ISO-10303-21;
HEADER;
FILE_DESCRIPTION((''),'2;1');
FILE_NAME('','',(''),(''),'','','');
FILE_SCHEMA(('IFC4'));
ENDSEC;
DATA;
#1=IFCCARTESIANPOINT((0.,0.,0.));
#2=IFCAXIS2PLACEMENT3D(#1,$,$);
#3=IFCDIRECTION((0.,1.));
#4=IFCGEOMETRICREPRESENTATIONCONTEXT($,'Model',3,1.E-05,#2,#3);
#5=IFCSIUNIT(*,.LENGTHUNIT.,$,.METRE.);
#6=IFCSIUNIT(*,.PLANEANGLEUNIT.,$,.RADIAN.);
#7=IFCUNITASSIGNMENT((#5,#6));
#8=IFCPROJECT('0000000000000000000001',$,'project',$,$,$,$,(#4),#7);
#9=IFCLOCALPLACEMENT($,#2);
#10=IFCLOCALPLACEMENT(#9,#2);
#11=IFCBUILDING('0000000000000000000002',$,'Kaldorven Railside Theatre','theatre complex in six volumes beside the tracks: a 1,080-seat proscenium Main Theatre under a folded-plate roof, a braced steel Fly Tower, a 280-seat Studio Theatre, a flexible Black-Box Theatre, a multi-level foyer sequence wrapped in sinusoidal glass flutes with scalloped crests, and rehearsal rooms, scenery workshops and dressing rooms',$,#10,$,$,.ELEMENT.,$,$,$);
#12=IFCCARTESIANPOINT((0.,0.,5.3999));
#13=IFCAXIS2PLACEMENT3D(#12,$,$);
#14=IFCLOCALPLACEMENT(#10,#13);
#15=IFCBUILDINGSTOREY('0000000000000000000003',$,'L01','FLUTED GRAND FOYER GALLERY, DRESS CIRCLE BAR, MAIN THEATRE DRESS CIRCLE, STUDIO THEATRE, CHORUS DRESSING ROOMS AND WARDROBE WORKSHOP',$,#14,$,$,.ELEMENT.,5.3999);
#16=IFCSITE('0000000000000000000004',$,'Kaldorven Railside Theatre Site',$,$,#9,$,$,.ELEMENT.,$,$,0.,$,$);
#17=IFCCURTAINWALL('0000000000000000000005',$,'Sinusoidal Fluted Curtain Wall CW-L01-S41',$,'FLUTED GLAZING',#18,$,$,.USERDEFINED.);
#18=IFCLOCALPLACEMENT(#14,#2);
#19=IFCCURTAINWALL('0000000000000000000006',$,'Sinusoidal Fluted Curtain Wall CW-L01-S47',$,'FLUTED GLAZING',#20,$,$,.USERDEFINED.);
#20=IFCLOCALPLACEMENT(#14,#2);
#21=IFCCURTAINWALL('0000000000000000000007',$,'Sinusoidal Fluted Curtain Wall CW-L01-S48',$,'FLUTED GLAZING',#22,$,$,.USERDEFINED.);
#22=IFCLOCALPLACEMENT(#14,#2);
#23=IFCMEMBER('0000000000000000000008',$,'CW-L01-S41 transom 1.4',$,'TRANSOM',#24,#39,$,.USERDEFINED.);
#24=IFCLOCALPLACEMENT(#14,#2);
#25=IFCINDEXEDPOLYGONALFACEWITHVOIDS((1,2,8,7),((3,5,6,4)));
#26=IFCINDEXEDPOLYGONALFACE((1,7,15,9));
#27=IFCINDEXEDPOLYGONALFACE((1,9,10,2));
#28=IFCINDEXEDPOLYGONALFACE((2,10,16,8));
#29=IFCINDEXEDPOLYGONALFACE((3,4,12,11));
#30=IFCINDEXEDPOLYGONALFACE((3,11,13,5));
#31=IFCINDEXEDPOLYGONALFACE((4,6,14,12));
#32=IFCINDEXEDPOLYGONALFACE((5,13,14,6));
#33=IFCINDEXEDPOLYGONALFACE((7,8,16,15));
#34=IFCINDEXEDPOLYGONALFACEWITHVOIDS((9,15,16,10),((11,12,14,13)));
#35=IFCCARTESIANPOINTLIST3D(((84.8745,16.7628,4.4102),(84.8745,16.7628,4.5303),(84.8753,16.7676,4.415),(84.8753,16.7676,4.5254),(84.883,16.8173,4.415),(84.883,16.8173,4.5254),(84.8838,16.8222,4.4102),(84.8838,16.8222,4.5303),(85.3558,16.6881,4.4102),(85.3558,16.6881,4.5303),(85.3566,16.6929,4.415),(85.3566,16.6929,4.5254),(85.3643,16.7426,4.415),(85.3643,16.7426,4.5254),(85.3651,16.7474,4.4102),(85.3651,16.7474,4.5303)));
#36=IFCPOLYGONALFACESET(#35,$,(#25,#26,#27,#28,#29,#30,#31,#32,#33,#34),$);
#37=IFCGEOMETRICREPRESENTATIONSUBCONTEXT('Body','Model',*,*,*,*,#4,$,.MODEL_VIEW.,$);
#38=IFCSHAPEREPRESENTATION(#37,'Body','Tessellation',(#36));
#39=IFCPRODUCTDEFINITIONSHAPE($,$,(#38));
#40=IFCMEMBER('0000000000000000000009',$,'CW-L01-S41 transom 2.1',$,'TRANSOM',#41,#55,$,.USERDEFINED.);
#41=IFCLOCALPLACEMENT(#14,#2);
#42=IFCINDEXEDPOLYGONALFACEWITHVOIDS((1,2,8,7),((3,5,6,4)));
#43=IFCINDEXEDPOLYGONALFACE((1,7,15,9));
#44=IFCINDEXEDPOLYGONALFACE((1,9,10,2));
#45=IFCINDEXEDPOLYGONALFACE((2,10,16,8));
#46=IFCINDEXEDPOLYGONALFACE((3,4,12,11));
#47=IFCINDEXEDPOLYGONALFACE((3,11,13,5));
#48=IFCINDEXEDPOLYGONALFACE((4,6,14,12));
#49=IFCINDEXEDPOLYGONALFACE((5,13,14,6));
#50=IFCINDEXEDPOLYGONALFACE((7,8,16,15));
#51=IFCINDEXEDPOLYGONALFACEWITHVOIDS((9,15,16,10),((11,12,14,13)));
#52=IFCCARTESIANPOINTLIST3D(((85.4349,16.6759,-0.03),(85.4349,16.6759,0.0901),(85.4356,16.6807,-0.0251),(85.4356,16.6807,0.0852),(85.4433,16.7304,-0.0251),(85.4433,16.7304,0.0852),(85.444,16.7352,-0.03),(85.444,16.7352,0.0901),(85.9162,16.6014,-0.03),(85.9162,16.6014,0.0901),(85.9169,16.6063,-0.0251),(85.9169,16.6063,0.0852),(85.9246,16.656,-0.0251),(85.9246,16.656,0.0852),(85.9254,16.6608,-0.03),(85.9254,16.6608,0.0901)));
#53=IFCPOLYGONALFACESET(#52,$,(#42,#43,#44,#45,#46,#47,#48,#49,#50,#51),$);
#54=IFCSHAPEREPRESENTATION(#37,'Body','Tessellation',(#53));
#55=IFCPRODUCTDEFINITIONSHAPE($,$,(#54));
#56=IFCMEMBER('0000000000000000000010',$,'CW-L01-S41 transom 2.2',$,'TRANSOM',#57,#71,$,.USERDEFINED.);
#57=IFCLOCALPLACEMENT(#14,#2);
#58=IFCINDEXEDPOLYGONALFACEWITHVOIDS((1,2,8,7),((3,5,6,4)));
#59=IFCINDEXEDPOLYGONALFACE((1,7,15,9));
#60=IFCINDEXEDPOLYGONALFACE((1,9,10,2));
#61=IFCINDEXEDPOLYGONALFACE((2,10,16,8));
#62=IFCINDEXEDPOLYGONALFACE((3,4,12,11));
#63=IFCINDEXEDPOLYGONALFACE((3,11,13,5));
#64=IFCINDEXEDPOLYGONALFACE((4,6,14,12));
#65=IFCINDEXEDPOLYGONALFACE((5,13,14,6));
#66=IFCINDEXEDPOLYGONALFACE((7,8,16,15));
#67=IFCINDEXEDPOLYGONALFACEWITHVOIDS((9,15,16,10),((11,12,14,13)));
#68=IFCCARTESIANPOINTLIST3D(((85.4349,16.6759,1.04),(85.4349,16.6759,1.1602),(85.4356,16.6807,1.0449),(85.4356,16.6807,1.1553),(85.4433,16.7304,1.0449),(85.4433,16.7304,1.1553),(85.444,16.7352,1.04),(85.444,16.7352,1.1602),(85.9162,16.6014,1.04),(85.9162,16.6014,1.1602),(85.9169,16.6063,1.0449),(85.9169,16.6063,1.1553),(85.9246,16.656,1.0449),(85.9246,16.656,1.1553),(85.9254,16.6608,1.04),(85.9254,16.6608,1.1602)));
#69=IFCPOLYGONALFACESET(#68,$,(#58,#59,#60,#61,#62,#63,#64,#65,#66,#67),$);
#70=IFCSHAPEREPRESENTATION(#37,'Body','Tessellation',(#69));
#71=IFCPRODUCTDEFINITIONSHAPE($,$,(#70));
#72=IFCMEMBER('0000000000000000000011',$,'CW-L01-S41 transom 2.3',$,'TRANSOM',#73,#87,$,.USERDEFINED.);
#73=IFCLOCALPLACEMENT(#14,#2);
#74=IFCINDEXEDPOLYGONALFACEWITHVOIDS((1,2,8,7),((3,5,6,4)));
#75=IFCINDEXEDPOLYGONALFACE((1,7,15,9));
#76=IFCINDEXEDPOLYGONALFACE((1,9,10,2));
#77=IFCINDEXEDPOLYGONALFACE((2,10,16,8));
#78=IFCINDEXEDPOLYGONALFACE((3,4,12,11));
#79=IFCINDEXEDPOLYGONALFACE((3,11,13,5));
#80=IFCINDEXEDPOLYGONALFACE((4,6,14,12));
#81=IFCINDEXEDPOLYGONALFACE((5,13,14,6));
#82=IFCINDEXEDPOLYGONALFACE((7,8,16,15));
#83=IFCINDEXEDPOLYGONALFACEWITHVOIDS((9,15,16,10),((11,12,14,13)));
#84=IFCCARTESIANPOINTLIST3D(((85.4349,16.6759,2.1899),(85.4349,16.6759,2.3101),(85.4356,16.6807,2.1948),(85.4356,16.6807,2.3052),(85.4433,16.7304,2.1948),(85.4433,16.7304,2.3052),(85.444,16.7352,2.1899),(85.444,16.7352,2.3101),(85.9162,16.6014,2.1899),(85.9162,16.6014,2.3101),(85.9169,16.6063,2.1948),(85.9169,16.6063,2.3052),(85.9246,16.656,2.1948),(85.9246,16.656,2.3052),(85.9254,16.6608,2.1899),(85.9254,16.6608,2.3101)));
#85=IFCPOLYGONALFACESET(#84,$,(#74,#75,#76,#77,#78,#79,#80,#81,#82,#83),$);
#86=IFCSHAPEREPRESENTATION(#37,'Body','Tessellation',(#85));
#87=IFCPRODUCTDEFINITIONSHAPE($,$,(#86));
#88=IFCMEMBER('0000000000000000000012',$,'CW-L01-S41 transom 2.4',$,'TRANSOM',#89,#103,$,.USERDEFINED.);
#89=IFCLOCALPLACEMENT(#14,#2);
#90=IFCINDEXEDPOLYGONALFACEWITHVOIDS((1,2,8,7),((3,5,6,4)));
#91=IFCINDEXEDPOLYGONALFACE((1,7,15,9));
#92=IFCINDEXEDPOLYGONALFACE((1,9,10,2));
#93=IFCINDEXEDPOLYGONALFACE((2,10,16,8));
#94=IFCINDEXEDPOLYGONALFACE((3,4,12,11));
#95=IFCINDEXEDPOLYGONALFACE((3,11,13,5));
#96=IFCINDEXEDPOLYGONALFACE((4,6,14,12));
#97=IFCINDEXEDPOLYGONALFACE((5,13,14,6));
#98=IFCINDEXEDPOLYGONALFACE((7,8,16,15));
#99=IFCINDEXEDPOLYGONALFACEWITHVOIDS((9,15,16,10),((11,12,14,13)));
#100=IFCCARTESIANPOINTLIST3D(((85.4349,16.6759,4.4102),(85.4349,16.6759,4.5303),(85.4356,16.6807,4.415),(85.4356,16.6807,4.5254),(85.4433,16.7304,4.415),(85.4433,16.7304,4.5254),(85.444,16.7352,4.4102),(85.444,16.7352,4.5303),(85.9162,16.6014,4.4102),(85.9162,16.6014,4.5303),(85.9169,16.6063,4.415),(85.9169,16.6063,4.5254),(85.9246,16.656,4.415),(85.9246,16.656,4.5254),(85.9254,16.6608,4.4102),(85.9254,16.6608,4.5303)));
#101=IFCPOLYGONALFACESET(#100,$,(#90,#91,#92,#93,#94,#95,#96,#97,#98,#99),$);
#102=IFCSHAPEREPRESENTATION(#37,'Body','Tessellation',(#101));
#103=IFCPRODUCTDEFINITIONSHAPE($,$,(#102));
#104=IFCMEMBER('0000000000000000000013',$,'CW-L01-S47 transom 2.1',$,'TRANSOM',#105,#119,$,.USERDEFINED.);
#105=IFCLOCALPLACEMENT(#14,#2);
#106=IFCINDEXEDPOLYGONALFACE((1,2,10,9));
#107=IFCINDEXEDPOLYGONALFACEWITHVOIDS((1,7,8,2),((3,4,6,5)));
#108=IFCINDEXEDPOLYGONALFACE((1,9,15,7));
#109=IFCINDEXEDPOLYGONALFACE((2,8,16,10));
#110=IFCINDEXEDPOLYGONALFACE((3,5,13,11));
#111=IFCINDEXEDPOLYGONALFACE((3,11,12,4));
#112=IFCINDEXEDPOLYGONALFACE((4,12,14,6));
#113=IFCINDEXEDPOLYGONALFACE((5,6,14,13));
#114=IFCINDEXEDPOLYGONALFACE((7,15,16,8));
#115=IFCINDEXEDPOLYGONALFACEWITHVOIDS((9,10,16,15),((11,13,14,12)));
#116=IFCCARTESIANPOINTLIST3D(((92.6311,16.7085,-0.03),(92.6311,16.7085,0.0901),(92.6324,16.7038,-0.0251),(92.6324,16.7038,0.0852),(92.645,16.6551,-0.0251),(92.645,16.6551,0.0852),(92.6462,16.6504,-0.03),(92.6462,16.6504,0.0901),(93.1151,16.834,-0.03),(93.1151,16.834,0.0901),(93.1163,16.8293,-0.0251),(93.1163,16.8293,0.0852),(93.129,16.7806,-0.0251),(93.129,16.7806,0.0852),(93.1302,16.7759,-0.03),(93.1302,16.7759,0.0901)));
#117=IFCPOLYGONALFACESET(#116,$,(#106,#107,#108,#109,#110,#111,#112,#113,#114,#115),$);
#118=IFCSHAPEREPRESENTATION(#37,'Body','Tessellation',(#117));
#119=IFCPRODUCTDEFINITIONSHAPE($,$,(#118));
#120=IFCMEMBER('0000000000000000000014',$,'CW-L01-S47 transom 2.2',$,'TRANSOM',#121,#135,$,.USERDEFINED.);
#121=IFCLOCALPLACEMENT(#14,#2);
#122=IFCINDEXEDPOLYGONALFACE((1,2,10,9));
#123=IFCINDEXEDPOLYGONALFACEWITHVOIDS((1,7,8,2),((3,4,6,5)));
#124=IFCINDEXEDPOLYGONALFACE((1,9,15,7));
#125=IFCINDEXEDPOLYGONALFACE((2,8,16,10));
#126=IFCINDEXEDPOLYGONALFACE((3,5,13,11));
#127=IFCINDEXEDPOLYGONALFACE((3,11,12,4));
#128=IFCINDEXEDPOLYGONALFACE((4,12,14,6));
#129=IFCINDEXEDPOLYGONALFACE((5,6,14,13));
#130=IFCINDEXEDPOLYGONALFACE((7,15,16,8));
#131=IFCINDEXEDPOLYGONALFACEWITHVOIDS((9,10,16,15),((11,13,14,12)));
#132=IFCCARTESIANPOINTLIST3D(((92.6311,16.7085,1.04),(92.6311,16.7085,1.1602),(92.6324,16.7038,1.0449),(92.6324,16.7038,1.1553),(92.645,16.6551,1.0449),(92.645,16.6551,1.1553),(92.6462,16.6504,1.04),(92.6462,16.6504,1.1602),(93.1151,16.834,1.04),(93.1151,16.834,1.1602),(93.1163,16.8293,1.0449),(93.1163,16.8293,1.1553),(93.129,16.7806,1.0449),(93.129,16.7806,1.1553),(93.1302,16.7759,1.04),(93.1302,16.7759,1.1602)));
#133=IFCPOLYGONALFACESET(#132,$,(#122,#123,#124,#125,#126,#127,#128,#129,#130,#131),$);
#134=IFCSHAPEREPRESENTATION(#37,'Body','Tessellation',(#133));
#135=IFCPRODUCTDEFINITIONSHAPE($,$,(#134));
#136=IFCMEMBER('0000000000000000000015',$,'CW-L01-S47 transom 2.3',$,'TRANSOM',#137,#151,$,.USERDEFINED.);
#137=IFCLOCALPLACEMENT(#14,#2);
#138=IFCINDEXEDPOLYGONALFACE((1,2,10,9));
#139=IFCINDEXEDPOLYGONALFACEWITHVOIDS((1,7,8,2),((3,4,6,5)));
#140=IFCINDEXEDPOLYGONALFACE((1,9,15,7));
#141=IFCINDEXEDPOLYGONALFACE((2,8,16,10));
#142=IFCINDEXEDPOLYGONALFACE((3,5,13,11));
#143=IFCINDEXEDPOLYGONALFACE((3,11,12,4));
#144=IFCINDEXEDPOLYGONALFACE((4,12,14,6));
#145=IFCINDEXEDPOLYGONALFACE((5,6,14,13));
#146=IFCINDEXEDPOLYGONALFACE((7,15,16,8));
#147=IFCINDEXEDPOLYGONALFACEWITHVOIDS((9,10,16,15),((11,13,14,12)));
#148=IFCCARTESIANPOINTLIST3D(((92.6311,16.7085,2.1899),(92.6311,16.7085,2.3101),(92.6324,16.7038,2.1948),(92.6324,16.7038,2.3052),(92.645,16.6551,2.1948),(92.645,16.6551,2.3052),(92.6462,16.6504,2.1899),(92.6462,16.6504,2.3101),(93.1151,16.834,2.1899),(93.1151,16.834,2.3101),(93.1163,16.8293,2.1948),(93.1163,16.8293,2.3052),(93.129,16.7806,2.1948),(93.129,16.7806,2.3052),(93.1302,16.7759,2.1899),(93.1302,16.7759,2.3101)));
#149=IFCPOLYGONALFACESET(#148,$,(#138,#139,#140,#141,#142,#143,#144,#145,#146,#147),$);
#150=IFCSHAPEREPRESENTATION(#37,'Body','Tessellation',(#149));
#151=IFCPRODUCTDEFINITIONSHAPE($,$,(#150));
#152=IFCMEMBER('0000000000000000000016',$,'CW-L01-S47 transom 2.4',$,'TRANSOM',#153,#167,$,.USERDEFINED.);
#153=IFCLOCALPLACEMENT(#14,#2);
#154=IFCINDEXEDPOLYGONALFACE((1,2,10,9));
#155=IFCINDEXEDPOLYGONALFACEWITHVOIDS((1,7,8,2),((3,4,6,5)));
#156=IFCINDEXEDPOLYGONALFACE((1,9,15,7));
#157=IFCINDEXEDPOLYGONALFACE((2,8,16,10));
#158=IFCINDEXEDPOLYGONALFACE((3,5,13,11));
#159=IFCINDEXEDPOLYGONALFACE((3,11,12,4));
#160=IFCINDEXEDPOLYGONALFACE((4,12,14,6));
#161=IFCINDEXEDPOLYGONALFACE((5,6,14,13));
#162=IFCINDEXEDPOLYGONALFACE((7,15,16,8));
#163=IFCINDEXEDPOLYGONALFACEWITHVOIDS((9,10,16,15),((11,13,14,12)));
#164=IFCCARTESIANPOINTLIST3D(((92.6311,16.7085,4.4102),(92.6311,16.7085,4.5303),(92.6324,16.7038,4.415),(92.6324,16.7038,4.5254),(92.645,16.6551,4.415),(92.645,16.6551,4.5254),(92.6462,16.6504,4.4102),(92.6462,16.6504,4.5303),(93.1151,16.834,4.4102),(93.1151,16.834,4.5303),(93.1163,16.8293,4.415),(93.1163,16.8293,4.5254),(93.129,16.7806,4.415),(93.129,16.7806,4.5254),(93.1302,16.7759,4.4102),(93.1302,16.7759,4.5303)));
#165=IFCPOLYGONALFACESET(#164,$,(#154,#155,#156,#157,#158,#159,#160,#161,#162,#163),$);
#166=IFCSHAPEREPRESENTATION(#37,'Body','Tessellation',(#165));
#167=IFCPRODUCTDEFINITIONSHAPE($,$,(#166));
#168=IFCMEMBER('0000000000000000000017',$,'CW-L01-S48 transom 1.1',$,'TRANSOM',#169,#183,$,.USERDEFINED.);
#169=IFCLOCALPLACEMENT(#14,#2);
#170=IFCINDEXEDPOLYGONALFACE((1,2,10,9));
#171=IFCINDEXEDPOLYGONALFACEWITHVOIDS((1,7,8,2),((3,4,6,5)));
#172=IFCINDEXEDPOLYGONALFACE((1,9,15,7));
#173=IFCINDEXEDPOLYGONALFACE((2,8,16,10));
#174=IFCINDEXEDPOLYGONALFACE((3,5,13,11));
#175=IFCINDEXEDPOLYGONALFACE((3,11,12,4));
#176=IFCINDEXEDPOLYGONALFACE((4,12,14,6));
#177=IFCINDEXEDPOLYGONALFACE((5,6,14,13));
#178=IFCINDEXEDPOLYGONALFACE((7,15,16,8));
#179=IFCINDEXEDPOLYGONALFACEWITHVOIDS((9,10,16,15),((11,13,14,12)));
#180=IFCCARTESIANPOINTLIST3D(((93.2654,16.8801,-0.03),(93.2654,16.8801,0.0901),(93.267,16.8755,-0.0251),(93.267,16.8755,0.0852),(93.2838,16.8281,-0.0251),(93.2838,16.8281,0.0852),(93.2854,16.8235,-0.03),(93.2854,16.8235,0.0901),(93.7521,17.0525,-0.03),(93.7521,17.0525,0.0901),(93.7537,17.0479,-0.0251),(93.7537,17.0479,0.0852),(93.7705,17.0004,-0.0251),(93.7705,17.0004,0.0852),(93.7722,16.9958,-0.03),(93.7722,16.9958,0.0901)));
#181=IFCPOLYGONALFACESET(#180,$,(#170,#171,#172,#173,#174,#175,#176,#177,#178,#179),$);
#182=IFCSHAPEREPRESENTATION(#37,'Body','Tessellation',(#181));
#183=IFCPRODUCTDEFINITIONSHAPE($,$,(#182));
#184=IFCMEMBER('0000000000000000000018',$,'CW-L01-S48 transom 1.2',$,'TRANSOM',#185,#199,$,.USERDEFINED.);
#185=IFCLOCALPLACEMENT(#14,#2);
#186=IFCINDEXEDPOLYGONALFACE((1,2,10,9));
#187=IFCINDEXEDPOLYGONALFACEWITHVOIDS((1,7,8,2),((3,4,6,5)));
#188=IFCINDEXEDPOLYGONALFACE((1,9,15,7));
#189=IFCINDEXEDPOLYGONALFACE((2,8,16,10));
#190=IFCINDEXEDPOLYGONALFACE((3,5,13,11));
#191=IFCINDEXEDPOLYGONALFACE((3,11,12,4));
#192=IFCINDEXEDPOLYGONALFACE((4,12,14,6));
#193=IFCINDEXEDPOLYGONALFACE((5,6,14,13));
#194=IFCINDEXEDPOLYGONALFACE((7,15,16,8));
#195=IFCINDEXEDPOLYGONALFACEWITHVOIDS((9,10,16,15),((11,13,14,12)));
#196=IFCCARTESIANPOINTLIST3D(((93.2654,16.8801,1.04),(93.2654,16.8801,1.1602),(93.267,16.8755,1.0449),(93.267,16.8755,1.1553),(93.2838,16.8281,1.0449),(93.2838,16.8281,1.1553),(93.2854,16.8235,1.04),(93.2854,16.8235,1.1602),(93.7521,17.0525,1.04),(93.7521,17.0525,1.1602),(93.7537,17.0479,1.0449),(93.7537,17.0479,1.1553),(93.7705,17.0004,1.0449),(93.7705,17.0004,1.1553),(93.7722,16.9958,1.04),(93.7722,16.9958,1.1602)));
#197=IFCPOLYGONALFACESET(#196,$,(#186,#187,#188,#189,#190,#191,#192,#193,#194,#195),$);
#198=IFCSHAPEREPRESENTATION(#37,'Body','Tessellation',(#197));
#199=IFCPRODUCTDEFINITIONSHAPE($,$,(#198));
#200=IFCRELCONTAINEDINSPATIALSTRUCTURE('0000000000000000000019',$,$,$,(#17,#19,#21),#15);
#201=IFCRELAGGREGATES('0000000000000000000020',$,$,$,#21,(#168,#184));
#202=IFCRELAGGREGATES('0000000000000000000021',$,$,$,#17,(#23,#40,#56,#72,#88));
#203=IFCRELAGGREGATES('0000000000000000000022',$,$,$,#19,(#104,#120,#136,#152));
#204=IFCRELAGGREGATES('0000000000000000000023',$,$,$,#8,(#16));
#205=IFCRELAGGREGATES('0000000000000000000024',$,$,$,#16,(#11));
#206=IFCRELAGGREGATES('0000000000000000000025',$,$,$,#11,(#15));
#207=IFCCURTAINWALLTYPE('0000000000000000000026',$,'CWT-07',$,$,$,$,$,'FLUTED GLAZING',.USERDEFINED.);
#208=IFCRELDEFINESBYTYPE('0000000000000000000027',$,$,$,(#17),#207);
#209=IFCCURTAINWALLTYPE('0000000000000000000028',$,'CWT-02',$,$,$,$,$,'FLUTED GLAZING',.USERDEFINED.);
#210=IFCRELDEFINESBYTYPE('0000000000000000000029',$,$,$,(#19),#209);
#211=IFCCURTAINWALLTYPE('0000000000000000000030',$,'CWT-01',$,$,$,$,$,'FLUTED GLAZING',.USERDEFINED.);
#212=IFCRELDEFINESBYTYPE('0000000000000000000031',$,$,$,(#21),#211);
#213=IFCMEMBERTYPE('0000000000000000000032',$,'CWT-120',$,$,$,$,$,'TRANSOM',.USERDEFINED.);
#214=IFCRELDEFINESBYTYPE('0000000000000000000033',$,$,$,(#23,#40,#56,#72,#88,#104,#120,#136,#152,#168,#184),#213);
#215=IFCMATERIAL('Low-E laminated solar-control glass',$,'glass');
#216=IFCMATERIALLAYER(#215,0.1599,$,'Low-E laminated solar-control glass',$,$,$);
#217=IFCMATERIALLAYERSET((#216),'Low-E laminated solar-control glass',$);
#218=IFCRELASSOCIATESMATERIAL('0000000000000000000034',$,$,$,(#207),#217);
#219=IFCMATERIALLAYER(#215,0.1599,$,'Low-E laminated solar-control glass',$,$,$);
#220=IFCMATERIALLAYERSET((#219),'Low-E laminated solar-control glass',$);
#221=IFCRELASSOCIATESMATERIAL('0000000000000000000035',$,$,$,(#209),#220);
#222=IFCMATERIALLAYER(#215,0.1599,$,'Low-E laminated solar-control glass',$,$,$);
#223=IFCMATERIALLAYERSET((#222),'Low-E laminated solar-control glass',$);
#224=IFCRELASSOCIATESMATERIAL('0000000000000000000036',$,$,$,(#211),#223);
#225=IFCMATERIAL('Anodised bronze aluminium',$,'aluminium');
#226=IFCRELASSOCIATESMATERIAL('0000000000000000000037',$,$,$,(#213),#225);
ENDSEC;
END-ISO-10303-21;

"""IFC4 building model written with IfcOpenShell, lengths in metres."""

from ifc_helpers import new_model, si_unit, direction, frame, origin, origin_2d, place, context, subcontext, project, spatial, hollow_rectangle, extrude, material, layer, layer_set, material_profile, profile_set, type_object, element, aggregate, save


model = new_model("IFC4")

# Units and contexts
model_context = context("Model", 3, precision=1e-05, world=origin(), true_north=direction((0.0, 1.0)))
body_context = subcontext(model_context, "Body", "Model", "MODEL_VIEW")
ifc_project = project(units=[si_unit("LENGTHUNIT", "METRE"), si_unit("PLANEANGLEUNIT", "RADIAN")], contexts=[model_context])

# Site, building, storey
site_placement = place(None, origin())
site = spatial("IfcSite", under=ifc_project, at=site_placement, Name="Kaldorven Railside Theatre Site", CompositionType="ELEMENT", RefElevation=0.0)
building_placement = place(site_placement, origin())
building = spatial("IfcBuilding", under=site, at=building_placement, Name="Kaldorven Railside Theatre", Description="theatre complex in six volumes beside the tracks: a 1,080-seat proscenium Main Theatre under a folded-plate roof, a braced steel Fly Tower, a 280-seat Studio Theatre, a flexible Black-Box Theatre, a multi-level foyer sequence wrapped in sinusoidal glass flutes with scalloped crests, and rehearsal rooms, scenery workshops and dressing rooms", CompositionType="ELEMENT")
storey_placement = place(building_placement, frame((0.0, 0.0, 5.3999)))
storey = spatial("IfcBuildingStorey", under=building, at=storey_placement, Name="L01", Description="FLUTED GRAND FOYER GALLERY, DRESS CIRCLE BAR, MAIN THEATRE DRESS CIRCLE, STUDIO THEATRE, CHORUS DRESSING ROOMS AND WARDROBE WORKSHOP", CompositionType="ELEMENT", Elevation=5.3999)

# Curtain walls
ifc_material_1 = material(Name="Low-E laminated solar-control glass", Category="glass")
ifc_layer_1 = layer(ifc_material_1, 0.1599, Name="Low-E laminated solar-control glass")
ifc_layer_set_1 = layer_set([ifc_layer_1], Name="Low-E laminated solar-control glass")
curtain_wall_type_1 = type_object("IfcCurtainWallType", Name="CWT-07", ElementType="FLUTED GLAZING", PredefinedType="USERDEFINED", material=ifc_layer_set_1)
curtain_wall_1_placement = place(storey_placement, origin())
curtain_wall_1 = element("IfcCurtainWall", 1, at=curtain_wall_1_placement, inside=storey, type_object=curtain_wall_type_1, Name="Sinusoidal Fluted Curtain Wall CW-L01-S41", ObjectType="FLUTED GLAZING", PredefinedType="USERDEFINED")
ifc_material_2 = material(Name="Anodised bronze aluminium", Category="aluminium")
ifc_layer_2 = layer(ifc_material_1, 0.1599, Name="Low-E laminated solar-control glass")
ifc_layer_set_2 = layer_set([ifc_layer_2], Name="Low-E laminated solar-control glass")
curtain_wall_type_2 = type_object("IfcCurtainWallType", Name="CWT-02", ElementType="FLUTED GLAZING", PredefinedType="USERDEFINED", material=ifc_layer_set_2)
curtain_wall_2_placement = place(storey_placement, origin())
curtain_wall_2 = element("IfcCurtainWall", 2, at=curtain_wall_2_placement, inside=storey, type_object=curtain_wall_type_2, Name="Sinusoidal Fluted Curtain Wall CW-L01-S47", ObjectType="FLUTED GLAZING", PredefinedType="USERDEFINED")

# Curtain wall
ifc_layer_3 = layer(ifc_material_1, 0.1599, Name="Low-E laminated solar-control glass")
ifc_layer_set_3 = layer_set([ifc_layer_3], Name="Low-E laminated solar-control glass")
curtain_wall_type_3 = type_object("IfcCurtainWallType", Name="CWT-01", ElementType="FLUTED GLAZING", PredefinedType="USERDEFINED", material=ifc_layer_set_3)
curtain_wall_3_placement = place(storey_placement, origin())
curtain_wall_3 = element("IfcCurtainWall", 3, at=curtain_wall_3_placement, inside=storey, type_object=curtain_wall_type_3, Name="Sinusoidal Fluted Curtain Wall CW-L01-S48", ObjectType="FLUTED GLAZING", PredefinedType="USERDEFINED")

# Members
ifc_material_profile_1 = material_profile(ifc_material_2, hollow_rectangle(XDim=0.0601, YDim=0.1201, WallThickness=0.0049, at=origin_2d()), Name="RHS 120x60x5")
ifc_profile_set_1 = profile_set([ifc_material_profile_1], Name="Anodised bronze aluminium")
member_type_1 = type_object("IfcMemberType", Name="CWT-120", ElementType="TRANSOM", PredefinedType="USERDEFINED", material=ifc_profile_set_1)
member_1_placement = place(storey_placement, frame((84.8792, 16.7925, 4.4702), z_axis=(0.988162, -0.153413, 0.0), x_axis=(0.153413, 0.988162, 0.0)))
member_1 = element("IfcMember", 4, at=member_1_placement, type_object=member_type_1, Name="CW-L01-S41 transom 1.4", ObjectType="TRANSOM", PredefinedType="USERDEFINED", context=body_context, shape_type="SweptSolid", body=[
    extrude(hollow_rectangle(XDim=0.0601, YDim=0.1201, WallThickness=0.0049, at=origin_2d()), origin(), (0.0, 0.0, 1.0), 0.4871),
])
member_2_placement = place(storey_placement, frame((85.4395, 16.7056, 0.03), z_axis=(0.98825, -0.152848, 0.0), x_axis=(0.152848, 0.98825, 0.0)))
member_2 = element("IfcMember", 5, at=member_2_placement, type_object=member_type_1, Name="CW-L01-S41 transom 2.1", ObjectType="TRANSOM", PredefinedType="USERDEFINED", context=body_context, shape_type="SweptSolid", body=[
    extrude(hollow_rectangle(XDim=0.0601, YDim=0.1201, WallThickness=0.0049, at=origin_2d()), origin(), (0.0, 0.0, 1.0), 0.4871),
])
member_3_placement = place(storey_placement, frame((85.4395, 16.7056, 1.1001), z_axis=(0.98825, -0.152848, 0.0), x_axis=(0.152848, 0.98825, 0.0)))
member_3 = element("IfcMember", 6, at=member_3_placement, type_object=member_type_1, Name="CW-L01-S41 transom 2.2", ObjectType="TRANSOM", PredefinedType="USERDEFINED", context=body_context, shape_type="SweptSolid", body=[
    extrude(hollow_rectangle(XDim=0.0601, YDim=0.1201, WallThickness=0.0049, at=origin_2d()), origin(), (0.0, 0.0, 1.0), 0.4871),
])
member_4_placement = place(storey_placement, frame((85.4395, 16.7056, 2.25), z_axis=(0.98825, -0.152848, 0.0), x_axis=(0.152848, 0.98825, 0.0)))
member_4 = element("IfcMember", 7, at=member_4_placement, type_object=member_type_1, Name="CW-L01-S41 transom 2.3", ObjectType="TRANSOM", PredefinedType="USERDEFINED", context=body_context, shape_type="SweptSolid", body=[
    extrude(hollow_rectangle(XDim=0.0601, YDim=0.1201, WallThickness=0.0049, at=origin_2d()), origin(), (0.0, 0.0, 1.0), 0.4871),
])
member_5_placement = place(storey_placement, frame((85.4395, 16.7056, 4.4702), z_axis=(0.98825, -0.152848, 0.0), x_axis=(0.152848, 0.98825, 0.0)))
member_5 = element("IfcMember", 8, at=member_5_placement, type_object=member_type_1, Name="CW-L01-S41 transom 2.4", ObjectType="TRANSOM", PredefinedType="USERDEFINED", context=body_context, shape_type="SweptSolid", body=[
    extrude(hollow_rectangle(XDim=0.0601, YDim=0.1201, WallThickness=0.0049, at=origin_2d()), origin(), (0.0, 0.0, 1.0), 0.4871),
])
member_6_placement = place(storey_placement, frame((92.6387, 16.6794, 0.03), z_axis=(0.967979, 0.25103, 0.0), x_axis=(-0.25103, 0.967979, 0.0)))
member_6 = element("IfcMember", 9, at=member_6_placement, type_object=member_type_1, Name="CW-L01-S47 transom 2.1", ObjectType="TRANSOM", PredefinedType="USERDEFINED", context=body_context, shape_type="SweptSolid", body=[
    extrude(hollow_rectangle(XDim=0.0601, YDim=0.1201, WallThickness=0.0049, at=origin_2d()), origin(), (0.0, 0.0, 1.0), 0.5),
])
member_7_placement = place(storey_placement, frame((92.6387, 16.6794, 1.1001), z_axis=(0.967979, 0.25103, 0.0), x_axis=(-0.25103, 0.967979, 0.0)))
member_7 = element("IfcMember", 10, at=member_7_placement, type_object=member_type_1, Name="CW-L01-S47 transom 2.2", ObjectType="TRANSOM", PredefinedType="USERDEFINED", context=body_context, shape_type="SweptSolid", body=[
    extrude(hollow_rectangle(XDim=0.0601, YDim=0.1201, WallThickness=0.0049, at=origin_2d()), origin(), (0.0, 0.0, 1.0), 0.5),
])
member_8_placement = place(storey_placement, frame((92.6387, 16.6794, 2.25), z_axis=(0.967979, 0.25103, 0.0), x_axis=(-0.25103, 0.967979, 0.0)))
member_8 = element("IfcMember", 11, at=member_8_placement, type_object=member_type_1, Name="CW-L01-S47 transom 2.3", ObjectType="TRANSOM", PredefinedType="USERDEFINED", context=body_context, shape_type="SweptSolid", body=[
    extrude(hollow_rectangle(XDim=0.0601, YDim=0.1201, WallThickness=0.0049, at=origin_2d()), origin(), (0.0, 0.0, 1.0), 0.5),
])
member_9_placement = place(storey_placement, frame((92.6387, 16.6794, 4.4702), z_axis=(0.967979, 0.25103, 0.0), x_axis=(-0.25103, 0.967979, 0.0)))
member_9 = element("IfcMember", 12, at=member_9_placement, type_object=member_type_1, Name="CW-L01-S47 transom 2.4", ObjectType="TRANSOM", PredefinedType="USERDEFINED", context=body_context, shape_type="SweptSolid", body=[
    extrude(hollow_rectangle(XDim=0.0601, YDim=0.1201, WallThickness=0.0049, at=origin_2d()), origin(), (0.0, 0.0, 1.0), 0.5),
])
member_10_placement = place(storey_placement, frame((93.2754, 16.8518, 0.03), z_axis=(0.942658, 0.33376, 0.0), x_axis=(-0.33376, 0.942658, 0.0)))
member_10 = element("IfcMember", 13, at=member_10_placement, type_object=member_type_1, Name="CW-L01-S48 transom 1.1", ObjectType="TRANSOM", PredefinedType="USERDEFINED", context=body_context, shape_type="SweptSolid", body=[
    extrude(hollow_rectangle(XDim=0.0601, YDim=0.1201, WallThickness=0.0049, at=origin_2d()), origin(), (0.0, 0.0, 1.0), 0.5164),
])
member_11_placement = place(storey_placement, frame((93.2754, 16.8518, 1.1001), z_axis=(0.942658, 0.33376, 0.0), x_axis=(-0.33376, 0.942658, 0.0)))
member_11 = element("IfcMember", 14, at=member_11_placement, type_object=member_type_1, Name="CW-L01-S48 transom 1.2", ObjectType="TRANSOM", PredefinedType="USERDEFINED", context=body_context, shape_type="SweptSolid", body=[
    extrude(hollow_rectangle(XDim=0.0601, YDim=0.1201, WallThickness=0.0049, at=origin_2d()), origin(), (0.0, 0.0, 1.0), 0.5164),
])
aggregate(curtain_wall_3, [member_10, member_11])

aggregate(curtain_wall_1, [member_1, member_2, member_3, member_4, member_5])
aggregate(curtain_wall_2, [member_6, member_7, member_8, member_9])

save(model, "model.ifc")
